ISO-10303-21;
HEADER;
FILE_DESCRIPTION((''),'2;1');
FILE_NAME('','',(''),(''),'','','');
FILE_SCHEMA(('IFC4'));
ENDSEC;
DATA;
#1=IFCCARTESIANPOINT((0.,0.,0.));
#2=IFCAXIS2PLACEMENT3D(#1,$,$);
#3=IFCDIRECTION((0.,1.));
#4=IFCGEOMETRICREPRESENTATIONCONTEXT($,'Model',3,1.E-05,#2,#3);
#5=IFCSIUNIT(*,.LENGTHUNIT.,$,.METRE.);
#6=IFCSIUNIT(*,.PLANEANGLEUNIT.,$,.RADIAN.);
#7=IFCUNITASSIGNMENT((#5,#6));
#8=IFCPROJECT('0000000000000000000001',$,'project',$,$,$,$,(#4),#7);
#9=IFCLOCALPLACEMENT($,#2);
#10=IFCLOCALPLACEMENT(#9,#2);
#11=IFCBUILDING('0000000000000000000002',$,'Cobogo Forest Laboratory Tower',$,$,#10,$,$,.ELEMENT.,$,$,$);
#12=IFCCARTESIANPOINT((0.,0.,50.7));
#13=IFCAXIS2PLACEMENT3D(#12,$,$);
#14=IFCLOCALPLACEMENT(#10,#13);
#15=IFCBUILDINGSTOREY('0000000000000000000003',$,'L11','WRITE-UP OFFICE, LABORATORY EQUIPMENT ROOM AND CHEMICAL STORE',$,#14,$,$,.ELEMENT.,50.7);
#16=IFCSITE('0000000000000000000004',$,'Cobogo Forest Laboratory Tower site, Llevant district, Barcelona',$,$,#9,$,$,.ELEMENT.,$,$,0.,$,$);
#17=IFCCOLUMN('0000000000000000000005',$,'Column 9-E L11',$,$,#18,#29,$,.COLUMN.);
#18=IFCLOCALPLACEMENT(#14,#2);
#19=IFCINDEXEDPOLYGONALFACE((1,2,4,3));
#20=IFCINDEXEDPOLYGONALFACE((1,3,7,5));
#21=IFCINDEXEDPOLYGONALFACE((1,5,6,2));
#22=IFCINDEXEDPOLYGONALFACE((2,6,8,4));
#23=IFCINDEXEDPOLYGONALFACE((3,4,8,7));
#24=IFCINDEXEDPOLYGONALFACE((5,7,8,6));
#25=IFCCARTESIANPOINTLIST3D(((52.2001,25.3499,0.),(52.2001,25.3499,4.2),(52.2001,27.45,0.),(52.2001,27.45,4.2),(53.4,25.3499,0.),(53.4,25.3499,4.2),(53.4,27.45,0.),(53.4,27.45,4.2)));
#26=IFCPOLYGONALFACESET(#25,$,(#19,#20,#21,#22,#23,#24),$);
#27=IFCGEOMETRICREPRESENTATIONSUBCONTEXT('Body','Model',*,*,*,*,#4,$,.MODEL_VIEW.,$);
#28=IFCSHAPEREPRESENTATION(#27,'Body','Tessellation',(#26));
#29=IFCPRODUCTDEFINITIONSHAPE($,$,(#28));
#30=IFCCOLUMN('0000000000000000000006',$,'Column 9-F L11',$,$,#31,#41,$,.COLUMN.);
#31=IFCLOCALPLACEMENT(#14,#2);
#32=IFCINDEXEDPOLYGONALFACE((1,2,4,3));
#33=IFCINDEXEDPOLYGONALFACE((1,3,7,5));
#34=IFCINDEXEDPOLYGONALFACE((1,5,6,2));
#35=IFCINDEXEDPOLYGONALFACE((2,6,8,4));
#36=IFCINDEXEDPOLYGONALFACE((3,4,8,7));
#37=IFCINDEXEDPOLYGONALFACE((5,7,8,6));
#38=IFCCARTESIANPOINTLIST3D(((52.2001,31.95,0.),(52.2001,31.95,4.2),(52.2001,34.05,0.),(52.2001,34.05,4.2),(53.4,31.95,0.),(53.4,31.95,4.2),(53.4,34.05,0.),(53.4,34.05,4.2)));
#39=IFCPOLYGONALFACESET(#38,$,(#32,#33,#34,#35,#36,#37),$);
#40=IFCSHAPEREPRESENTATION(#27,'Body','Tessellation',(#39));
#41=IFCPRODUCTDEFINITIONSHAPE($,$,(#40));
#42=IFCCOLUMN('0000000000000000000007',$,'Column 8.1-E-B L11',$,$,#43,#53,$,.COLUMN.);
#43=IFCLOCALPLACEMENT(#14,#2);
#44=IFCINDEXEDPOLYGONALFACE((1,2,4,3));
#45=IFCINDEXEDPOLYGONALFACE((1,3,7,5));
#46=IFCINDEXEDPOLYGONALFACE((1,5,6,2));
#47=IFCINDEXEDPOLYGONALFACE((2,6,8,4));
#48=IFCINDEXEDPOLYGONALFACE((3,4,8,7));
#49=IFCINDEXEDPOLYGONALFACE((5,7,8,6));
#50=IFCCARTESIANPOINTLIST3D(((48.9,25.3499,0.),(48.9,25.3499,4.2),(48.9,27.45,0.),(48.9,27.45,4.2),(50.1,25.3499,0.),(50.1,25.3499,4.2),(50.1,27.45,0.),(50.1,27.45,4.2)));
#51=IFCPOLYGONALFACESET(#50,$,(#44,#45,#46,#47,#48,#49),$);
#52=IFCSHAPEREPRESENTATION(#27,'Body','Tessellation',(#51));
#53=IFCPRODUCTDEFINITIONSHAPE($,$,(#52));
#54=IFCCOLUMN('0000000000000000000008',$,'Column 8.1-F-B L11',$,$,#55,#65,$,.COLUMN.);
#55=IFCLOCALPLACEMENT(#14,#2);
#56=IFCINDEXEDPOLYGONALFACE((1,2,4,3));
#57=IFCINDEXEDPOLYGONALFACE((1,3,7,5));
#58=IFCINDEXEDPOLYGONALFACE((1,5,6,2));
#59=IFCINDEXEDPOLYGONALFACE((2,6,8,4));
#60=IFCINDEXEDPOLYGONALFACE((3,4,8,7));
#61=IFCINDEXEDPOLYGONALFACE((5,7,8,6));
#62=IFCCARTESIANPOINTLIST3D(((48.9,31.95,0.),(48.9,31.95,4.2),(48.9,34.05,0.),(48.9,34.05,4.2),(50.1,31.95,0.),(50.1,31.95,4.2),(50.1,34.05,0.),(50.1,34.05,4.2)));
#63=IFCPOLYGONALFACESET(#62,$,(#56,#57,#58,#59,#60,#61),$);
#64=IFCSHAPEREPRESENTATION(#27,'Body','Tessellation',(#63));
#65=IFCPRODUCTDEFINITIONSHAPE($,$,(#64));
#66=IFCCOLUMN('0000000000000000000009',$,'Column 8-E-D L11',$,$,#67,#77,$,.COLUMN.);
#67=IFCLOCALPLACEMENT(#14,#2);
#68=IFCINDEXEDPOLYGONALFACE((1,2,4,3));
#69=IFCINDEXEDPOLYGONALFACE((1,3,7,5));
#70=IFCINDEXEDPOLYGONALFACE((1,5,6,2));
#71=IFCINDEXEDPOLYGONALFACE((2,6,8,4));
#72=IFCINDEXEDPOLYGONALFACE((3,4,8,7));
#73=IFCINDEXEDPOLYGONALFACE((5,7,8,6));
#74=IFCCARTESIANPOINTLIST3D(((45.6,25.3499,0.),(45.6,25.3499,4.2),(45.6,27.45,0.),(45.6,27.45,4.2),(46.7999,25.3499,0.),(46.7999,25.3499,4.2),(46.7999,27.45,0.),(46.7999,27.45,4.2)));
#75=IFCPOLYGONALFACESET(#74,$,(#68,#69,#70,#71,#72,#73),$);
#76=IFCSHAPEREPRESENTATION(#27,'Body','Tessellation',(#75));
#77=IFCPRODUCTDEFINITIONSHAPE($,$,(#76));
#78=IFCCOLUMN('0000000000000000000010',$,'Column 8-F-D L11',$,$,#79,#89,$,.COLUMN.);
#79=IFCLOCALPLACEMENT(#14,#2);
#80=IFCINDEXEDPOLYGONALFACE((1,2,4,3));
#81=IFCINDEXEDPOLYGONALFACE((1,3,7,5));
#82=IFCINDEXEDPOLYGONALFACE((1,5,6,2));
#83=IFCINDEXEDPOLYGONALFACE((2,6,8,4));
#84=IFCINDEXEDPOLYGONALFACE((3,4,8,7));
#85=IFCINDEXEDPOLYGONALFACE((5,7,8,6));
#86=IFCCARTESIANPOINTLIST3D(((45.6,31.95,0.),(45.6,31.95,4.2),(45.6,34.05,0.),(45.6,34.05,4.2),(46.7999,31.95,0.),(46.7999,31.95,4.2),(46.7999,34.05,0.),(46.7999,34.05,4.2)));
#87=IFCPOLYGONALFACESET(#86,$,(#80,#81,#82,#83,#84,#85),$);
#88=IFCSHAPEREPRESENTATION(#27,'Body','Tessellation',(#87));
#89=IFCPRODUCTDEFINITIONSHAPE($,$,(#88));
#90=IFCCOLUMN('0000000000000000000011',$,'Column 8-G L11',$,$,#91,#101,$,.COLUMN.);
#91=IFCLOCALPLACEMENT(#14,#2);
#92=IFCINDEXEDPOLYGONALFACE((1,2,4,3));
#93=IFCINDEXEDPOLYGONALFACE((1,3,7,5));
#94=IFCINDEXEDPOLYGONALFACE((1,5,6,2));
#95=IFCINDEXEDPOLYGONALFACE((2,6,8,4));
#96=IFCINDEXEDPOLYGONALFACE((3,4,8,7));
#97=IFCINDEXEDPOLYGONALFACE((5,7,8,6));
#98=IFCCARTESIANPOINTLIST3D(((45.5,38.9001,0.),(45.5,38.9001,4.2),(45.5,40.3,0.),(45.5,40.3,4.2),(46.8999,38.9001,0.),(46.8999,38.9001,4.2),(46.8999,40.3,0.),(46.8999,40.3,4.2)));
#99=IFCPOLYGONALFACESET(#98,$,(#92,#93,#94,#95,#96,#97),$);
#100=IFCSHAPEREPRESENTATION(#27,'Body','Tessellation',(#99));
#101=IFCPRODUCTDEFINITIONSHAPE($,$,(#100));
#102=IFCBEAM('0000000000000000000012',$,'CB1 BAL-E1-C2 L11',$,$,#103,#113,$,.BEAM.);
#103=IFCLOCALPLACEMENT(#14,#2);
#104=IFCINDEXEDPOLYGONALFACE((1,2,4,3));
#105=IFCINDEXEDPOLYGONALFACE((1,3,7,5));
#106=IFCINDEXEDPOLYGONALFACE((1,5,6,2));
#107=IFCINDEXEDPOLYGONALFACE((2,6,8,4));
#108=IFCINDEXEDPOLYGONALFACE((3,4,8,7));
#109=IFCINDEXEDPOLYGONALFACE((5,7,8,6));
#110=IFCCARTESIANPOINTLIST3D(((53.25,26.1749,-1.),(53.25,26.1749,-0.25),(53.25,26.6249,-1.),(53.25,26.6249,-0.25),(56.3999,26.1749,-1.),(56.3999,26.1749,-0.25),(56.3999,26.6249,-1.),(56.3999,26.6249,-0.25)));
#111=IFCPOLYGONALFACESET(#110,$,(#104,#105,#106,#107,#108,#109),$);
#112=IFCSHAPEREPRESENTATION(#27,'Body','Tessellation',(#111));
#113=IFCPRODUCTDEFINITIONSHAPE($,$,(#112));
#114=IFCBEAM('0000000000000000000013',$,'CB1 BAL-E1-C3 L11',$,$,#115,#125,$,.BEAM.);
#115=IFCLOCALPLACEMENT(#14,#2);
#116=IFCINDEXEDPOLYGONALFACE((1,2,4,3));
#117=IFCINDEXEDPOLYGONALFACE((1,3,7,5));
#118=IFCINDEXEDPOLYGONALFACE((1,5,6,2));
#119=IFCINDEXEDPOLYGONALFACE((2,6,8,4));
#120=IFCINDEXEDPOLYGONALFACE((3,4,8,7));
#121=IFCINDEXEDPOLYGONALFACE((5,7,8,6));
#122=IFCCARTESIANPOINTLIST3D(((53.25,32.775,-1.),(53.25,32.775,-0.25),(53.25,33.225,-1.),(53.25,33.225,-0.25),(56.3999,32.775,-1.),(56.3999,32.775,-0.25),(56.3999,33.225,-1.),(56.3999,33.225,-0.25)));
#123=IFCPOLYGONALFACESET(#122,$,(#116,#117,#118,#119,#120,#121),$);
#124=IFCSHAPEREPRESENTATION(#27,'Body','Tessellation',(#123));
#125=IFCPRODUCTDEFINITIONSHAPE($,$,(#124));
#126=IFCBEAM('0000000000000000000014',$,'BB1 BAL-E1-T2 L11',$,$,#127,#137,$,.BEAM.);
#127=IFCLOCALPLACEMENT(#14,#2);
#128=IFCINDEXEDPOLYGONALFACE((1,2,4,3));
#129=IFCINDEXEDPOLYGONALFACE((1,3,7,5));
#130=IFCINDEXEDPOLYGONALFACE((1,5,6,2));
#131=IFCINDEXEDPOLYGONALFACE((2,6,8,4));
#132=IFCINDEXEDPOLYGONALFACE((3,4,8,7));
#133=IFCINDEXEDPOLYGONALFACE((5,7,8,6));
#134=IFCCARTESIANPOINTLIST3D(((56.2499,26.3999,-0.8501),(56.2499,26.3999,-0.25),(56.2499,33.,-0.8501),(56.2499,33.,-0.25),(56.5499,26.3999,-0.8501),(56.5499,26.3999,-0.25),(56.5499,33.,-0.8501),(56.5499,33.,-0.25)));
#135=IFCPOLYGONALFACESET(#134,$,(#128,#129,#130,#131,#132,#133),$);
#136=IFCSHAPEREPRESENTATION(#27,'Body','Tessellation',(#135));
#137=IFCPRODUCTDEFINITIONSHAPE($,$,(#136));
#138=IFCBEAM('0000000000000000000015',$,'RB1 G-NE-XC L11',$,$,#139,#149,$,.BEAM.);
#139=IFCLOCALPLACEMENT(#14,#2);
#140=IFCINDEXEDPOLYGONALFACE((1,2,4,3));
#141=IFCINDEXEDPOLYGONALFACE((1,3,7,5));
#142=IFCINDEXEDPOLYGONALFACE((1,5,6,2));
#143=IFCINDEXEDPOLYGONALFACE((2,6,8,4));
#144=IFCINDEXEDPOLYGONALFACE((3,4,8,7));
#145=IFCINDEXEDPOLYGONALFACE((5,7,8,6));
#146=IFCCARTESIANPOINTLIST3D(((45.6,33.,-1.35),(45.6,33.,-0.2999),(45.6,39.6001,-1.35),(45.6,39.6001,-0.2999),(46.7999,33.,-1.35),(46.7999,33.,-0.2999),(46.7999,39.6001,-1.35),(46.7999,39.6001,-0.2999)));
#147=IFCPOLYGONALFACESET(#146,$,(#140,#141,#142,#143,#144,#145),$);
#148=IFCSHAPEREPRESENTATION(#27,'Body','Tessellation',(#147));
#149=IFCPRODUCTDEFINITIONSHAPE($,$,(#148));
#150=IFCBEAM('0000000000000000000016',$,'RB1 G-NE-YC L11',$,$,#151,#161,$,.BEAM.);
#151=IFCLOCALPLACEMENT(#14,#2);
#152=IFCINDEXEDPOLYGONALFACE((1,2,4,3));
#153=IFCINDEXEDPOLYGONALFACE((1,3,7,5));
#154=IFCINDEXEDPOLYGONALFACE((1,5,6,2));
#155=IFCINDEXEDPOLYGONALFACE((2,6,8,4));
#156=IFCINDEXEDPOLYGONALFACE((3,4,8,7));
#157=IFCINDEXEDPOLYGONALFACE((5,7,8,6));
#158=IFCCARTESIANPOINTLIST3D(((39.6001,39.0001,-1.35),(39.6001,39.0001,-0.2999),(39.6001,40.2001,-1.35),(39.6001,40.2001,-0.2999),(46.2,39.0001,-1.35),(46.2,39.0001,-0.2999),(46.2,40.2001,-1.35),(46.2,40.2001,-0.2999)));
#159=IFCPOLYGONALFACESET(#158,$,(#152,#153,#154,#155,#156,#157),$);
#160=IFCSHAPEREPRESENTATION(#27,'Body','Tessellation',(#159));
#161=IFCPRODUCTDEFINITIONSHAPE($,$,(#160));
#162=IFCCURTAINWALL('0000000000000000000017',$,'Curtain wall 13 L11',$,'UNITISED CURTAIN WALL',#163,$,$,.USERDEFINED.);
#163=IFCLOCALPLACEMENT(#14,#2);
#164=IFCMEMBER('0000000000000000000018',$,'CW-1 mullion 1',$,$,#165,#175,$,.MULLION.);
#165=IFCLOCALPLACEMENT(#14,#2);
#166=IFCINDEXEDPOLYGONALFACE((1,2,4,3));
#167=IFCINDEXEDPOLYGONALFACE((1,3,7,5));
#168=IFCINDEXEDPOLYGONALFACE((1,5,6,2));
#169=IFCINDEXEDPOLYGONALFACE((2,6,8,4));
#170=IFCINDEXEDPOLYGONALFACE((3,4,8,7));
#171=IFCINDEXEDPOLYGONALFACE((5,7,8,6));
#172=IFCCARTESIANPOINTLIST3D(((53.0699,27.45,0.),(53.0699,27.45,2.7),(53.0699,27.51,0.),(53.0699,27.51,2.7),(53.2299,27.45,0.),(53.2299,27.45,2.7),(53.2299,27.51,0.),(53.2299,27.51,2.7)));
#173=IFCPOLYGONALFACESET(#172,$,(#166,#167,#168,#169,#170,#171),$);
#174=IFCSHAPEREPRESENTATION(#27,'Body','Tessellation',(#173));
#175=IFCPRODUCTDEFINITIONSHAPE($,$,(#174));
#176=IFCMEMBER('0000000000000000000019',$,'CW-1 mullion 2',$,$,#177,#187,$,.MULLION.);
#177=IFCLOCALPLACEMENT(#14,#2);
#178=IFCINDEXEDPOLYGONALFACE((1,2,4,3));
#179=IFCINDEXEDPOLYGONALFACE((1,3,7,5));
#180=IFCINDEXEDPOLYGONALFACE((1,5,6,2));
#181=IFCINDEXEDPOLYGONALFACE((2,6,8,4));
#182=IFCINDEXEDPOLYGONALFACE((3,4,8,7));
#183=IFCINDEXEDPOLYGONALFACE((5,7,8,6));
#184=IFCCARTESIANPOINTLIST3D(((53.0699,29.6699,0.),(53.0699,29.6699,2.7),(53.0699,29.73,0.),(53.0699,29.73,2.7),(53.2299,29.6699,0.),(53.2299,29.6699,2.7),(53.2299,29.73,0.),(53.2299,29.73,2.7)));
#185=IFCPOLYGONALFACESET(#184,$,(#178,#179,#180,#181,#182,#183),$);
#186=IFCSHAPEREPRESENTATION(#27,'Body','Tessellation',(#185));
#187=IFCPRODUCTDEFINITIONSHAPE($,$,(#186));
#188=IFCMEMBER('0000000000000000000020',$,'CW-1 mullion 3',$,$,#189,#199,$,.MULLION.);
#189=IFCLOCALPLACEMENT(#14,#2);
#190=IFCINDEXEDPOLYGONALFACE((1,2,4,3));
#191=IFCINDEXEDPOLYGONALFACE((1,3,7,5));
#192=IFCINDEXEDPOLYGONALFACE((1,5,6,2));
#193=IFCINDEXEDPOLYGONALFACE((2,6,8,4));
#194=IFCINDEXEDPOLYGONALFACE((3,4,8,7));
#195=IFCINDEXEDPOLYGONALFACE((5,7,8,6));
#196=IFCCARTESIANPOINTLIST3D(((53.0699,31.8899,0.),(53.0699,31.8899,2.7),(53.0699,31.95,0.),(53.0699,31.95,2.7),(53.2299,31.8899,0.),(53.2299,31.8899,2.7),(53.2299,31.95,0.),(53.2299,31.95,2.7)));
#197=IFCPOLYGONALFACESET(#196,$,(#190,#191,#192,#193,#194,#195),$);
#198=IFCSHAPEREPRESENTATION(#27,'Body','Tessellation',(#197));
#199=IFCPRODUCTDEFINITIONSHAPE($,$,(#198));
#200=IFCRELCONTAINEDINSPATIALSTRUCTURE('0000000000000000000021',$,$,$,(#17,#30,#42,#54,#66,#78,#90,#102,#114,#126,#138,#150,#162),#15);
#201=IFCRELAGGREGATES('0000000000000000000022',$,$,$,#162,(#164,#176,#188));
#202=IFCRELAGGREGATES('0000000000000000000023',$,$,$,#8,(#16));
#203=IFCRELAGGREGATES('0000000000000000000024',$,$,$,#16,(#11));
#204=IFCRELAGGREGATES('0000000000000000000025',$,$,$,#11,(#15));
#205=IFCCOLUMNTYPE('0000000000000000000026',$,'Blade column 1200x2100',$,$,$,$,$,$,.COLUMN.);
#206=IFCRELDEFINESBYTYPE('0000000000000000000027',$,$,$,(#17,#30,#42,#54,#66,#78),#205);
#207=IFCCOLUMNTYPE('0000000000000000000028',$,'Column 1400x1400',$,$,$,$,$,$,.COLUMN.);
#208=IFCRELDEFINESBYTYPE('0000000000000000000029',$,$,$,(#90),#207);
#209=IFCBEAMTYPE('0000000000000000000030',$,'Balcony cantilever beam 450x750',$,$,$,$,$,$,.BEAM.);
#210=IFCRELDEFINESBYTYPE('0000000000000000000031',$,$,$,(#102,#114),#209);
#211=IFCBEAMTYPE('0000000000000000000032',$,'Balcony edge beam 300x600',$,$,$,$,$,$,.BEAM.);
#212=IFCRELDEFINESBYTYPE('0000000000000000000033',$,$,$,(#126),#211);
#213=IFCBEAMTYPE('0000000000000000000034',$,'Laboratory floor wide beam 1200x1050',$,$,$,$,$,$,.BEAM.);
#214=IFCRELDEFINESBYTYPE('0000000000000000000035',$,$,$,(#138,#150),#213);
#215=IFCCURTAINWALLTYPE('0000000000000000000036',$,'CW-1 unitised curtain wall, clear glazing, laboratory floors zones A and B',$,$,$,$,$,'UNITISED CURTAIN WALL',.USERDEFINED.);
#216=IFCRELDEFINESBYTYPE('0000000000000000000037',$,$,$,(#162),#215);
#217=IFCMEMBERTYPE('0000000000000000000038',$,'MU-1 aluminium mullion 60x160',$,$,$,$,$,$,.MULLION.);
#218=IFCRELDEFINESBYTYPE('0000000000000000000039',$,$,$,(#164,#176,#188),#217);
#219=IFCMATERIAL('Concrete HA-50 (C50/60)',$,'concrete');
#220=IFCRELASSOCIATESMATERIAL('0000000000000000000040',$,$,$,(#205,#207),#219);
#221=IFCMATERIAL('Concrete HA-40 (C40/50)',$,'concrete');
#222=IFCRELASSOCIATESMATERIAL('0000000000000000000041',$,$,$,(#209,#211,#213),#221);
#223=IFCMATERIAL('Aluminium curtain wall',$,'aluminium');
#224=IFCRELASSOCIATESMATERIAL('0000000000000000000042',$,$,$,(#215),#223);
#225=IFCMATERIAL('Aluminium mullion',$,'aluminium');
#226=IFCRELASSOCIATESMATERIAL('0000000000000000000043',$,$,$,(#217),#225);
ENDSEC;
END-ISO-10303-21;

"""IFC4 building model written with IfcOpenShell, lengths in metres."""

from ifc_helpers import new_model, si_unit, direction, frame, origin, origin_2d, place, context, subcontext, project, spatial, rectangle, extrude, material, material_profile, profile_set, type_object, element, aggregate, save


model = new_model("IFC4")

# Units and contexts
model_context = context("Model", 3, precision=1e-05, world=origin(), true_north=direction((0.0, 1.0)))
body_context = subcontext(model_context, "Body", "Model", "MODEL_VIEW")
ifc_project = project(units=[si_unit("LENGTHUNIT", "METRE"), si_unit("PLANEANGLEUNIT", "RADIAN")], contexts=[model_context])

# Site, building, storey
site_placement = place(None, origin())
site = spatial("IfcSite", under=ifc_project, at=site_placement, Name="Cobogo Forest Laboratory Tower site, Llevant district, Barcelona", CompositionType="ELEMENT", RefElevation=0.0)
building_placement = place(site_placement, origin())
building = spatial("IfcBuilding", under=site, at=building_placement, Name="Cobogo Forest Laboratory Tower", CompositionType="ELEMENT")
storey_placement = place(building_placement, frame((0.0, 0.0, 50.7)))
storey = spatial("IfcBuildingStorey", under=building, at=storey_placement, Name="L11", Description="WRITE-UP OFFICE, LABORATORY EQUIPMENT ROOM AND CHEMICAL STORE", CompositionType="ELEMENT", Elevation=50.7)

# Columns
ifc_material_1 = material(Name="Concrete HA-50 (C50/60)", Category="concrete")
ifc_material_profile_1 = material_profile(ifc_material_1, rectangle(XDim=2.1001, YDim=1.2, at=origin_2d()), Name="RC 1200x2100")
ifc_profile_set_1 = profile_set([ifc_material_profile_1], Name="Concrete HA-50 (C50/60)")
column_type_1 = type_object("IfcColumnType", Name="Blade column 1200x2100", PredefinedType="COLUMN", material=ifc_profile_set_1)
for number, where, z_axis, x_axis, name in (
    (1, (52.8, 26.3999, 0.0), (0.0, 0.0, 1.0), (0.0, 1.0, 0.0), "Column 9-E L11"),
    (2, (52.8, 33.0, 0.0), (0.0, 0.0, 1.0), (0.0, 1.0, 0.0), "Column 9-F L11"),
    (3, (49.5, 26.3999, 0.0), (0.0, 0.0, 1.0), (0.0, 1.0, 0.0), "Column 8.1-E-B L11"),
    (4, (49.5, 33.0, 0.0), (0.0, 0.0, 1.0), (0.0, 1.0, 0.0), "Column 8.1-F-B L11"),
    (5, (46.2, 26.3999, 0.0), (0.0, 0.0, 1.0), (0.0, 1.0, 0.0), "Column 8-E-D L11"),
    (6, (46.2, 33.0, 0.0), (0.0, 0.0, 1.0), (0.0, 1.0, 0.0), "Column 8-F-D L11"),
):
    element("IfcColumn", number, at=place(storey_placement, frame(where, z_axis=z_axis, x_axis=x_axis)), inside=storey, type_object=column_type_1, Name=name, PredefinedType="COLUMN", context=body_context, shape_type="SweptSolid", body=[
        extrude(rectangle(XDim=2.1001, YDim=1.2, at=origin_2d()), origin(), (0.0, 0.0, 1.0), 4.2),
    ])
ifc_material_profile_2 = material_profile(ifc_material_1, rectangle(XDim=1.3999, YDim=1.3999, at=origin_2d()), Name="RC 1400x1400")
ifc_profile_set_2 = profile_set([ifc_material_profile_2], Name="Concrete HA-50 (C50/60)")
column_type_2 = type_object("IfcColumnType", Name="Column 1400x1400", PredefinedType="COLUMN", material=ifc_profile_set_2)
column_placement = place(storey_placement, frame((46.2, 39.6001, 0.0), z_axis=(0.0, 0.0, 1.0), x_axis=(1.0, 0.0, 0.0)))
element("IfcColumn", 7, at=column_placement, inside=storey, type_object=column_type_2, Name="Column 8-G L11", PredefinedType="COLUMN", context=body_context, shape_type="SweptSolid", body=[
    extrude(rectangle(XDim=1.3999, YDim=1.3999, at=origin_2d()), origin(), (0.0, 0.0, 1.0), 4.2),
])

# Beams
ifc_material_2 = material(Name="Concrete HA-40 (C40/50)", Category="concrete")
ifc_material_profile_3 = material_profile(ifc_material_2, rectangle(XDim=0.45, YDim=0.75, at=origin_2d()), Name="RC 450x750")
ifc_profile_set_3 = profile_set([ifc_material_profile_3], Name="Concrete HA-40 (C40/50)")
beam_type_1 = type_object("IfcBeamType", Name="Balcony cantilever beam 450x750", PredefinedType="BEAM", material=ifc_profile_set_3)
for number, where, z_axis, x_axis, name in (
    (8, (53.25, 26.3999, -0.625), (1.0, 0.0, 0.0), (0.0, 1.0, 0.0), "CB1 BAL-E1-C2 L11"),
    (9, (53.25, 33.0, -0.625), (1.0, 0.0, 0.0), (0.0, 1.0, 0.0), "CB1 BAL-E1-C3 L11"),
):
    element("IfcBeam", number, at=place(storey_placement, frame(where, z_axis=z_axis, x_axis=x_axis)), inside=storey, type_object=beam_type_1, Name=name, PredefinedType="BEAM", context=body_context, shape_type="SweptSolid", body=[
        extrude(rectangle(XDim=0.45, YDim=0.75, at=origin_2d()), origin(), (0.0, 0.0, 1.0), 3.1499),
    ])
ifc_material_profile_4 = material_profile(ifc_material_2, rectangle(XDim=0.3, YDim=0.6001, at=origin_2d()), Name="RC 300x600")
ifc_profile_set_4 = profile_set([ifc_material_profile_4], Name="Concrete HA-40 (C40/50)")
beam_type_2 = type_object("IfcBeamType", Name="Balcony edge beam 300x600", PredefinedType="BEAM", material=ifc_profile_set_4)
beam_1_placement = place(storey_placement, frame((56.3999, 26.3999, -0.55), z_axis=(0.0, 1.0, 0.0), x_axis=(-1.0, 0.0, 0.0)))
element("IfcBeam", 10, at=beam_1_placement, inside=storey, type_object=beam_type_2, Name="BB1 BAL-E1-T2 L11", PredefinedType="BEAM", context=body_context, shape_type="SweptSolid", body=[
    extrude(rectangle(XDim=0.3, YDim=0.6001, at=origin_2d()), origin(), (0.0, 0.0, 1.0), 6.6001),
])
ifc_material_profile_5 = material_profile(ifc_material_2, rectangle(XDim=1.2, YDim=1.05, at=origin_2d()), Name="RC 1200x1050")
ifc_profile_set_5 = profile_set([ifc_material_profile_5], Name="Concrete HA-40 (C40/50)")
beam_type_3 = type_object("IfcBeamType", Name="Laboratory floor wide beam 1200x1050", PredefinedType="BEAM", material=ifc_profile_set_5)
beam_2_placement = place(storey_placement, frame((46.2, 39.6001, -0.825), z_axis=(0.0, -1.0, 0.0), x_axis=(1.0, 0.0, 0.0)))
element("IfcBeam", 11, at=beam_2_placement, inside=storey, type_object=beam_type_3, Name="RB1 G-NE-XC L11", PredefinedType="BEAM", context=body_context, shape_type="SweptSolid", body=[
    extrude(rectangle(XDim=1.2, YDim=1.05, at=origin_2d()), origin(), (0.0, 0.0, 1.0), 6.6001),
])
beam_3_placement = place(storey_placement, frame((46.2, 39.6001, -0.825), z_axis=(-1.0, 0.0, 0.0), x_axis=(0.0, -1.0, 0.0)))
element("IfcBeam", 12, at=beam_3_placement, inside=storey, type_object=beam_type_3, Name="RB1 G-NE-YC L11", PredefinedType="BEAM", context=body_context, shape_type="SweptSolid", body=[
    extrude(rectangle(XDim=1.2, YDim=1.05, at=origin_2d()), origin(), (0.0, 0.0, 1.0), 6.5999),
])

# Curtain wall, members
ifc_material_3 = material(Name="Aluminium curtain wall", Category="aluminium")
curtain_wall_type = type_object("IfcCurtainWallType", Name="CW-1 unitised curtain wall, clear glazing, laboratory floors zones A and B", ElementType="UNITISED CURTAIN WALL", PredefinedType="USERDEFINED", material=ifc_material_3)
curtain_wall_1_placement = place(storey_placement, origin())
curtain_wall_1 = element("IfcCurtainWall", 13, at=curtain_wall_1_placement, inside=storey, type_object=curtain_wall_type, Name="Curtain wall 13 L11", ObjectType="UNITISED CURTAIN WALL", PredefinedType="USERDEFINED")
ifc_material_4 = material(Name="Aluminium mullion", Category="aluminium")
ifc_material_profile_6 = material_profile(ifc_material_4, rectangle(XDim=0.0601, YDim=0.1599, at=origin_2d()), Name="AL 60x160")
ifc_profile_set_6 = profile_set([ifc_material_profile_6], Name="Aluminium mullion")
member_type_1 = type_object("IfcMemberType", Name="MU-1 aluminium mullion 60x160", PredefinedType="MULLION", material=ifc_profile_set_6)
member_1_placement = place(storey_placement, frame((53.1499, 27.48, 0.0), z_axis=(0.0, 0.0, 1.0), x_axis=(0.0, 1.0, 0.0)))
member_1 = element("IfcMember", 14, at=member_1_placement, type_object=member_type_1, Name="CW-1 mullion 1", PredefinedType="MULLION", context=body_context, shape_type="SweptSolid", body=[
    extrude(rectangle(XDim=0.0601, YDim=0.1599, at=origin_2d()), origin(), (0.0, 0.0, 1.0), 2.7),
])
member_2_placement = place(storey_placement, frame((53.1499, 29.7, 0.0), z_axis=(0.0, 0.0, 1.0), x_axis=(0.0, 1.0, 0.0)))
member_2 = element("IfcMember", 15, at=member_2_placement, type_object=member_type_1, Name="CW-1 mullion 2", PredefinedType="MULLION", context=body_context, shape_type="SweptSolid", body=[
    extrude(rectangle(XDim=0.0601, YDim=0.1599, at=origin_2d()), origin(), (0.0, 0.0, 1.0), 2.7),
])
member_3_placement = place(storey_placement, frame((53.1499, 31.9199, 0.0), z_axis=(0.0, 0.0, 1.0), x_axis=(0.0, 1.0, 0.0)))
member_3 = element("IfcMember", 16, at=member_3_placement, type_object=member_type_1, Name="CW-1 mullion 3", PredefinedType="MULLION", context=body_context, shape_type="SweptSolid", body=[
    extrude(rectangle(XDim=0.0601, YDim=0.1599, at=origin_2d()), origin(), (0.0, 0.0, 1.0), 2.7),
])

aggregate(curtain_wall_1, [member_1, member_2, member_3])

save(model, "model.ifc")
